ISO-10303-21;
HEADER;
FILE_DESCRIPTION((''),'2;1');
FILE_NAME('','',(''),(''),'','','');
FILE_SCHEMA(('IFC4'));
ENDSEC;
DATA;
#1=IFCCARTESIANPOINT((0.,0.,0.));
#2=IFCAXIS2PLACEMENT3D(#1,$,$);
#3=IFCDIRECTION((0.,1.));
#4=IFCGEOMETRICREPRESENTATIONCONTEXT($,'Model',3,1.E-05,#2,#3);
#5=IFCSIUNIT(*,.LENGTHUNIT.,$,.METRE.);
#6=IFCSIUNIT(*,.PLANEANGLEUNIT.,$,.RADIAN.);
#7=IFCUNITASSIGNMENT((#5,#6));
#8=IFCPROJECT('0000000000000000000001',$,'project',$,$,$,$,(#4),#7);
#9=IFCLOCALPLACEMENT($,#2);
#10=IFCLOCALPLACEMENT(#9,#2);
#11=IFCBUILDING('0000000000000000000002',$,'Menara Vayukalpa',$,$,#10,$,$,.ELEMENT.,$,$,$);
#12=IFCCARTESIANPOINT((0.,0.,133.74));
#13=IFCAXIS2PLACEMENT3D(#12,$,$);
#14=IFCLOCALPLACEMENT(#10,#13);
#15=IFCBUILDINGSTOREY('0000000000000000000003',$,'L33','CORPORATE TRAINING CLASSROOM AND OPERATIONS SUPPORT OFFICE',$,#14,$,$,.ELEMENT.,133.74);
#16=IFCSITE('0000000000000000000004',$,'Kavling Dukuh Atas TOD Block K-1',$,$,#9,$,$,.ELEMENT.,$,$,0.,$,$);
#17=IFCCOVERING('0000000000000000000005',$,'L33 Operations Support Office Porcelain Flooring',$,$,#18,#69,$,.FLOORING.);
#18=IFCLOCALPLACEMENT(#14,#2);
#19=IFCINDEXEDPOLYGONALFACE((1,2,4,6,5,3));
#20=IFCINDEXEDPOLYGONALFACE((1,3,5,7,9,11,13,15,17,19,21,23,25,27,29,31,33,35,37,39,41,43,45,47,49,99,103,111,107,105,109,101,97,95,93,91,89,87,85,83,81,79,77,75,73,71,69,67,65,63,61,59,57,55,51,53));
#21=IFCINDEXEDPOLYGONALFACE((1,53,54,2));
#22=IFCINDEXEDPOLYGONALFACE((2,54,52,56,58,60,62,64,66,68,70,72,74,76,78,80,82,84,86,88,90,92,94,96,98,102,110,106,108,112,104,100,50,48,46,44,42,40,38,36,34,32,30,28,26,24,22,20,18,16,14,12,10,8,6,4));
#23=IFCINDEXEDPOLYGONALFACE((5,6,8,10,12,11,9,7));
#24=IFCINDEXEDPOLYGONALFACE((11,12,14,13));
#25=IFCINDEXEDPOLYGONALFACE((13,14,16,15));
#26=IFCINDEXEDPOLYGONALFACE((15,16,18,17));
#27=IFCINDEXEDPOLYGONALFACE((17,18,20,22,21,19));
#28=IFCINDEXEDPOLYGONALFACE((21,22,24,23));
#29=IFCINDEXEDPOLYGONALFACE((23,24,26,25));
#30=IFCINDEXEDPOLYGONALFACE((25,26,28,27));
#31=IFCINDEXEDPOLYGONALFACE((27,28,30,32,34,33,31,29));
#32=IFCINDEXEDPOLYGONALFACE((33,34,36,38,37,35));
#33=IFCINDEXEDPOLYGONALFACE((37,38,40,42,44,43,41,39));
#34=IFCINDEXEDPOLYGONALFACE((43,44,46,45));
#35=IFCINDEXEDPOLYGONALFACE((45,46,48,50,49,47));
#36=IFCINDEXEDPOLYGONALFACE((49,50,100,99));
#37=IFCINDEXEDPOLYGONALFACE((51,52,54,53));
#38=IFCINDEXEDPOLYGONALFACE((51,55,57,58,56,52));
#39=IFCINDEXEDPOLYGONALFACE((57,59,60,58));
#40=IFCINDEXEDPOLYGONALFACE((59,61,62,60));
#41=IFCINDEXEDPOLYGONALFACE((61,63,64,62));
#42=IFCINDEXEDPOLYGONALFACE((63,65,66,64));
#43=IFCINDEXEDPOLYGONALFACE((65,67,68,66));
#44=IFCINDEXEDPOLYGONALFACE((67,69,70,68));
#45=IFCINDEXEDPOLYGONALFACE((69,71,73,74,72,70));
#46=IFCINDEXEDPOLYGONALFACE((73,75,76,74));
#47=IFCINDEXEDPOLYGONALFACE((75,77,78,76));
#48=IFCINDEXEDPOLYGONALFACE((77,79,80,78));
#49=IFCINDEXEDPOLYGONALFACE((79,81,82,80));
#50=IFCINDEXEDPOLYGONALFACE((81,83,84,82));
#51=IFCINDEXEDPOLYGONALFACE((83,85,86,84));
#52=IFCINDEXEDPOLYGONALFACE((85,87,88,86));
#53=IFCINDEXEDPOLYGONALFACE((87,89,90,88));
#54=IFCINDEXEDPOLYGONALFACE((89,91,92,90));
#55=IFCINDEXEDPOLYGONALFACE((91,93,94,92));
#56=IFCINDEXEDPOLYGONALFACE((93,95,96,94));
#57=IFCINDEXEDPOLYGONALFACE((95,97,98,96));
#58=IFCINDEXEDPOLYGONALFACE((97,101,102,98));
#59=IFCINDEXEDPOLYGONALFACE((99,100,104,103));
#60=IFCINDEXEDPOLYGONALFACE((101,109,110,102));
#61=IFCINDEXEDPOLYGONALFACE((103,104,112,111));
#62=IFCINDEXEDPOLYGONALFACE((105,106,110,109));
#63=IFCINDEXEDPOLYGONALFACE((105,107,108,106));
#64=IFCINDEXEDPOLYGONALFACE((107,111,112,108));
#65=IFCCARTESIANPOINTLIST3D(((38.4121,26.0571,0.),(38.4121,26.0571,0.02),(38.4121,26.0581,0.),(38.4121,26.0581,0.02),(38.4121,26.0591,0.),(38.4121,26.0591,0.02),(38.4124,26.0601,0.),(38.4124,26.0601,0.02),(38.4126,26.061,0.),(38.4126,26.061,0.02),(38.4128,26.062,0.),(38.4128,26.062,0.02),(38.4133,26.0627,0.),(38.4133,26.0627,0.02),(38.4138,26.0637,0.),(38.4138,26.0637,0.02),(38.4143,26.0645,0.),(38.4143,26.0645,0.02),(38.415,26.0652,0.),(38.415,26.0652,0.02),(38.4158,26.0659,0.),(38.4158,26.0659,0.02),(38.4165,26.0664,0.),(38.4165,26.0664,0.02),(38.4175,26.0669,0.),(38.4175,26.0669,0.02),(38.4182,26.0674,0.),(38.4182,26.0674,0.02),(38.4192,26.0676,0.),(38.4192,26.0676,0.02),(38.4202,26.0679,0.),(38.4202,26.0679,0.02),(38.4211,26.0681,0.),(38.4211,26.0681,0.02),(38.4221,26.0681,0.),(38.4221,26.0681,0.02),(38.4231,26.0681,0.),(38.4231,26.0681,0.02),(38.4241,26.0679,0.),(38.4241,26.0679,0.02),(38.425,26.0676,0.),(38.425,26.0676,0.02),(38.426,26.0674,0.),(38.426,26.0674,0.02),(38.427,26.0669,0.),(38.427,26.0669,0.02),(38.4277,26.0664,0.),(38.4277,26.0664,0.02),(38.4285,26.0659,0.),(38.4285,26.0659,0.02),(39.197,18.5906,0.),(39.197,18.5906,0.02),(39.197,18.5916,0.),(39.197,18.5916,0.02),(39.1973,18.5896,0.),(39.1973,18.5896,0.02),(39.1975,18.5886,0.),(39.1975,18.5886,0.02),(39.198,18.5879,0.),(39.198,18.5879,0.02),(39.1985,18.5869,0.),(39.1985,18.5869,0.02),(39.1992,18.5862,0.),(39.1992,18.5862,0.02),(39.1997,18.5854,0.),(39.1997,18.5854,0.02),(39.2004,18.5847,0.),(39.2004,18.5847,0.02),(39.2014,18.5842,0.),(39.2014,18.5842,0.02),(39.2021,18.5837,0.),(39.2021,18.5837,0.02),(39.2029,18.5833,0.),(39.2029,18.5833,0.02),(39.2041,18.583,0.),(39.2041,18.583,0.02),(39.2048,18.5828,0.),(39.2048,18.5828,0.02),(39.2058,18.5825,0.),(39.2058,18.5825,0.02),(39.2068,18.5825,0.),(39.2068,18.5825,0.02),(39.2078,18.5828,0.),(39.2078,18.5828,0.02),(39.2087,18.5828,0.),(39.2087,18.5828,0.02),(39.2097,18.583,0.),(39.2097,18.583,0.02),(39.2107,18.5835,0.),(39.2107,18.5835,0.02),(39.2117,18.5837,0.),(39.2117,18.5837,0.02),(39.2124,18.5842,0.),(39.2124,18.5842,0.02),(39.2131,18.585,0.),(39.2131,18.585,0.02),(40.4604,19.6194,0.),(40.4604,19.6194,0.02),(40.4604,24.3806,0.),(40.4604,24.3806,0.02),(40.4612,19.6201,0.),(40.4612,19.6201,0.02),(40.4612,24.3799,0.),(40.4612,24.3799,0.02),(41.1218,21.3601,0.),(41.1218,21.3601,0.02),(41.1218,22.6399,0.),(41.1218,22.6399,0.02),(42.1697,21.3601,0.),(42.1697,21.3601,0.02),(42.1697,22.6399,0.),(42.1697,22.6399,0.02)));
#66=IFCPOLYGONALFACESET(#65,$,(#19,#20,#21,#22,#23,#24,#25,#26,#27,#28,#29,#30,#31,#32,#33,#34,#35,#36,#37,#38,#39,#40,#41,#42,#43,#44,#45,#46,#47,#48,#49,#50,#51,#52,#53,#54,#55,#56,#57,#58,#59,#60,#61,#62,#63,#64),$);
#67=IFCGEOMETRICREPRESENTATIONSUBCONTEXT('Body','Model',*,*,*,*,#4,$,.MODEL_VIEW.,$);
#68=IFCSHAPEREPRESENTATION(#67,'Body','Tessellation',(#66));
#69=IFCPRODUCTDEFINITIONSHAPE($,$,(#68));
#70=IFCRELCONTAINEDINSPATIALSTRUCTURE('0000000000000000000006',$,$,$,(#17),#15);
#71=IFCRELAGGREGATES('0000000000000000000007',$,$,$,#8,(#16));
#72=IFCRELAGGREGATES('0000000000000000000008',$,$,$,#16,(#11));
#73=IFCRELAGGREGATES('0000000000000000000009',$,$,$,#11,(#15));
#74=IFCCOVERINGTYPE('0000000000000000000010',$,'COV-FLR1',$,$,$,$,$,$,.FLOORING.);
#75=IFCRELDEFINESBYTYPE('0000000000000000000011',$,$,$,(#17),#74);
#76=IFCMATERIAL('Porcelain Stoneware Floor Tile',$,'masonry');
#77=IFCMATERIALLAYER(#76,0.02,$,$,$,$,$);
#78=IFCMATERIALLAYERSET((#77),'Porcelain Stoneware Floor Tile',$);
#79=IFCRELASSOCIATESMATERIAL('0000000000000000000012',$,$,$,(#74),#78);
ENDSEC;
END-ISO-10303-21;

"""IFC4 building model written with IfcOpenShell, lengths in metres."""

from ifc_helpers import new_model, si_unit, direction, frame, origin, place, context, subcontext, project, spatial, polyline, outline, extrude, material, layer, layer_set, type_object, element, save


model = new_model("IFC4")

# Units and contexts
model_context = context("Model", 3, precision=1e-05, world=origin(), true_north=direction((0.0, 1.0)))
body_context = subcontext(model_context, "Body", "Model", "MODEL_VIEW")
ifc_project = project(units=[si_unit("LENGTHUNIT", "METRE"), si_unit("PLANEANGLEUNIT", "RADIAN")], contexts=[model_context])

# Site, building, storey
site_placement = place(None, origin())
site = spatial("IfcSite", under=ifc_project, at=site_placement, Name="Kavling Dukuh Atas TOD Block K-1", CompositionType="ELEMENT", RefElevation=0.0)
building_placement = place(site_placement, origin())
building = spatial("IfcBuilding", under=site, at=building_placement, Name="Menara Vayukalpa", CompositionType="ELEMENT")
storey_placement = place(building_placement, frame((0.0, 0.0, 133.74)))
storey = spatial("IfcBuildingStorey", under=building, at=storey_placement, Name="L33", Description="CORPORATE TRAINING CLASSROOM AND OPERATIONS SUPPORT OFFICE", CompositionType="ELEMENT", Elevation=133.74)

# Covering
ifc_material_1 = material(Name="Porcelain Stoneware Floor Tile", Category="masonry")
ifc_layer_1 = layer(ifc_material_1, 0.02)
ifc_layer_set_1 = layer_set([ifc_layer_1], Name="Porcelain Stoneware Floor Tile")
covering_type_1 = type_object("IfcCoveringType", Name="COV-FLR1", PredefinedType="FLOORING", material=ifc_layer_set_1)
covering_1_placement = place(storey_placement, origin())
element("IfcCovering", 1, at=covering_1_placement, inside=storey, type_object=covering_type_1, Name="L33 Operations Support Office Porcelain Flooring", PredefinedType="FLOORING", context=body_context, shape_type="SweptSolid", body=[
    extrude(outline(polyline([(42.1697, 22.6399), (41.1218, 22.6399), (41.1218, 21.3601), (42.1697, 21.3601), (40.4612, 19.6201), (40.4604, 19.6194), (39.2131, 18.585), (39.2124, 18.5842), (39.2117, 18.5837), (39.2107, 18.5835), (39.2097, 18.583), (39.2087, 18.5828), (39.2078, 18.5828), (39.2068, 18.5825), (39.2058, 18.5825), (39.2048, 18.5828), (39.2041, 18.583), (39.2029, 18.5833), (39.2021, 18.5837), (39.2014, 18.5842), (39.2004, 18.5847), (39.1997, 18.5854), (39.1992, 18.5862), (39.1985, 18.5869), (39.198, 18.5879), (39.1975, 18.5886), (39.1973, 18.5896), (39.197, 18.5906), (39.197, 18.5916), (38.4121, 26.0571), (38.4121, 26.0581), (38.4121, 26.0591), (38.4124, 26.0601), (38.4126, 26.061), (38.4128, 26.062), (38.4133, 26.0627), (38.4138, 26.0637), (38.4143, 26.0645), (38.415, 26.0652), (38.4158, 26.0659), (38.4165, 26.0664), (38.4175, 26.0669), (38.4182, 26.0674), (38.4192, 26.0676), (38.4202, 26.0679), (38.4211, 26.0681), (38.4221, 26.0681), (38.4231, 26.0681), (38.4241, 26.0679), (38.425, 26.0676), (38.426, 26.0674), (38.427, 26.0669), (38.4277, 26.0664), (38.4285, 26.0659), (40.4604, 24.3806), (40.4612, 24.3799), (42.1697, 22.6399)])), origin(), (0.0, 0.0, 1.0), 0.02),
])

save(model, "model.ifc")
